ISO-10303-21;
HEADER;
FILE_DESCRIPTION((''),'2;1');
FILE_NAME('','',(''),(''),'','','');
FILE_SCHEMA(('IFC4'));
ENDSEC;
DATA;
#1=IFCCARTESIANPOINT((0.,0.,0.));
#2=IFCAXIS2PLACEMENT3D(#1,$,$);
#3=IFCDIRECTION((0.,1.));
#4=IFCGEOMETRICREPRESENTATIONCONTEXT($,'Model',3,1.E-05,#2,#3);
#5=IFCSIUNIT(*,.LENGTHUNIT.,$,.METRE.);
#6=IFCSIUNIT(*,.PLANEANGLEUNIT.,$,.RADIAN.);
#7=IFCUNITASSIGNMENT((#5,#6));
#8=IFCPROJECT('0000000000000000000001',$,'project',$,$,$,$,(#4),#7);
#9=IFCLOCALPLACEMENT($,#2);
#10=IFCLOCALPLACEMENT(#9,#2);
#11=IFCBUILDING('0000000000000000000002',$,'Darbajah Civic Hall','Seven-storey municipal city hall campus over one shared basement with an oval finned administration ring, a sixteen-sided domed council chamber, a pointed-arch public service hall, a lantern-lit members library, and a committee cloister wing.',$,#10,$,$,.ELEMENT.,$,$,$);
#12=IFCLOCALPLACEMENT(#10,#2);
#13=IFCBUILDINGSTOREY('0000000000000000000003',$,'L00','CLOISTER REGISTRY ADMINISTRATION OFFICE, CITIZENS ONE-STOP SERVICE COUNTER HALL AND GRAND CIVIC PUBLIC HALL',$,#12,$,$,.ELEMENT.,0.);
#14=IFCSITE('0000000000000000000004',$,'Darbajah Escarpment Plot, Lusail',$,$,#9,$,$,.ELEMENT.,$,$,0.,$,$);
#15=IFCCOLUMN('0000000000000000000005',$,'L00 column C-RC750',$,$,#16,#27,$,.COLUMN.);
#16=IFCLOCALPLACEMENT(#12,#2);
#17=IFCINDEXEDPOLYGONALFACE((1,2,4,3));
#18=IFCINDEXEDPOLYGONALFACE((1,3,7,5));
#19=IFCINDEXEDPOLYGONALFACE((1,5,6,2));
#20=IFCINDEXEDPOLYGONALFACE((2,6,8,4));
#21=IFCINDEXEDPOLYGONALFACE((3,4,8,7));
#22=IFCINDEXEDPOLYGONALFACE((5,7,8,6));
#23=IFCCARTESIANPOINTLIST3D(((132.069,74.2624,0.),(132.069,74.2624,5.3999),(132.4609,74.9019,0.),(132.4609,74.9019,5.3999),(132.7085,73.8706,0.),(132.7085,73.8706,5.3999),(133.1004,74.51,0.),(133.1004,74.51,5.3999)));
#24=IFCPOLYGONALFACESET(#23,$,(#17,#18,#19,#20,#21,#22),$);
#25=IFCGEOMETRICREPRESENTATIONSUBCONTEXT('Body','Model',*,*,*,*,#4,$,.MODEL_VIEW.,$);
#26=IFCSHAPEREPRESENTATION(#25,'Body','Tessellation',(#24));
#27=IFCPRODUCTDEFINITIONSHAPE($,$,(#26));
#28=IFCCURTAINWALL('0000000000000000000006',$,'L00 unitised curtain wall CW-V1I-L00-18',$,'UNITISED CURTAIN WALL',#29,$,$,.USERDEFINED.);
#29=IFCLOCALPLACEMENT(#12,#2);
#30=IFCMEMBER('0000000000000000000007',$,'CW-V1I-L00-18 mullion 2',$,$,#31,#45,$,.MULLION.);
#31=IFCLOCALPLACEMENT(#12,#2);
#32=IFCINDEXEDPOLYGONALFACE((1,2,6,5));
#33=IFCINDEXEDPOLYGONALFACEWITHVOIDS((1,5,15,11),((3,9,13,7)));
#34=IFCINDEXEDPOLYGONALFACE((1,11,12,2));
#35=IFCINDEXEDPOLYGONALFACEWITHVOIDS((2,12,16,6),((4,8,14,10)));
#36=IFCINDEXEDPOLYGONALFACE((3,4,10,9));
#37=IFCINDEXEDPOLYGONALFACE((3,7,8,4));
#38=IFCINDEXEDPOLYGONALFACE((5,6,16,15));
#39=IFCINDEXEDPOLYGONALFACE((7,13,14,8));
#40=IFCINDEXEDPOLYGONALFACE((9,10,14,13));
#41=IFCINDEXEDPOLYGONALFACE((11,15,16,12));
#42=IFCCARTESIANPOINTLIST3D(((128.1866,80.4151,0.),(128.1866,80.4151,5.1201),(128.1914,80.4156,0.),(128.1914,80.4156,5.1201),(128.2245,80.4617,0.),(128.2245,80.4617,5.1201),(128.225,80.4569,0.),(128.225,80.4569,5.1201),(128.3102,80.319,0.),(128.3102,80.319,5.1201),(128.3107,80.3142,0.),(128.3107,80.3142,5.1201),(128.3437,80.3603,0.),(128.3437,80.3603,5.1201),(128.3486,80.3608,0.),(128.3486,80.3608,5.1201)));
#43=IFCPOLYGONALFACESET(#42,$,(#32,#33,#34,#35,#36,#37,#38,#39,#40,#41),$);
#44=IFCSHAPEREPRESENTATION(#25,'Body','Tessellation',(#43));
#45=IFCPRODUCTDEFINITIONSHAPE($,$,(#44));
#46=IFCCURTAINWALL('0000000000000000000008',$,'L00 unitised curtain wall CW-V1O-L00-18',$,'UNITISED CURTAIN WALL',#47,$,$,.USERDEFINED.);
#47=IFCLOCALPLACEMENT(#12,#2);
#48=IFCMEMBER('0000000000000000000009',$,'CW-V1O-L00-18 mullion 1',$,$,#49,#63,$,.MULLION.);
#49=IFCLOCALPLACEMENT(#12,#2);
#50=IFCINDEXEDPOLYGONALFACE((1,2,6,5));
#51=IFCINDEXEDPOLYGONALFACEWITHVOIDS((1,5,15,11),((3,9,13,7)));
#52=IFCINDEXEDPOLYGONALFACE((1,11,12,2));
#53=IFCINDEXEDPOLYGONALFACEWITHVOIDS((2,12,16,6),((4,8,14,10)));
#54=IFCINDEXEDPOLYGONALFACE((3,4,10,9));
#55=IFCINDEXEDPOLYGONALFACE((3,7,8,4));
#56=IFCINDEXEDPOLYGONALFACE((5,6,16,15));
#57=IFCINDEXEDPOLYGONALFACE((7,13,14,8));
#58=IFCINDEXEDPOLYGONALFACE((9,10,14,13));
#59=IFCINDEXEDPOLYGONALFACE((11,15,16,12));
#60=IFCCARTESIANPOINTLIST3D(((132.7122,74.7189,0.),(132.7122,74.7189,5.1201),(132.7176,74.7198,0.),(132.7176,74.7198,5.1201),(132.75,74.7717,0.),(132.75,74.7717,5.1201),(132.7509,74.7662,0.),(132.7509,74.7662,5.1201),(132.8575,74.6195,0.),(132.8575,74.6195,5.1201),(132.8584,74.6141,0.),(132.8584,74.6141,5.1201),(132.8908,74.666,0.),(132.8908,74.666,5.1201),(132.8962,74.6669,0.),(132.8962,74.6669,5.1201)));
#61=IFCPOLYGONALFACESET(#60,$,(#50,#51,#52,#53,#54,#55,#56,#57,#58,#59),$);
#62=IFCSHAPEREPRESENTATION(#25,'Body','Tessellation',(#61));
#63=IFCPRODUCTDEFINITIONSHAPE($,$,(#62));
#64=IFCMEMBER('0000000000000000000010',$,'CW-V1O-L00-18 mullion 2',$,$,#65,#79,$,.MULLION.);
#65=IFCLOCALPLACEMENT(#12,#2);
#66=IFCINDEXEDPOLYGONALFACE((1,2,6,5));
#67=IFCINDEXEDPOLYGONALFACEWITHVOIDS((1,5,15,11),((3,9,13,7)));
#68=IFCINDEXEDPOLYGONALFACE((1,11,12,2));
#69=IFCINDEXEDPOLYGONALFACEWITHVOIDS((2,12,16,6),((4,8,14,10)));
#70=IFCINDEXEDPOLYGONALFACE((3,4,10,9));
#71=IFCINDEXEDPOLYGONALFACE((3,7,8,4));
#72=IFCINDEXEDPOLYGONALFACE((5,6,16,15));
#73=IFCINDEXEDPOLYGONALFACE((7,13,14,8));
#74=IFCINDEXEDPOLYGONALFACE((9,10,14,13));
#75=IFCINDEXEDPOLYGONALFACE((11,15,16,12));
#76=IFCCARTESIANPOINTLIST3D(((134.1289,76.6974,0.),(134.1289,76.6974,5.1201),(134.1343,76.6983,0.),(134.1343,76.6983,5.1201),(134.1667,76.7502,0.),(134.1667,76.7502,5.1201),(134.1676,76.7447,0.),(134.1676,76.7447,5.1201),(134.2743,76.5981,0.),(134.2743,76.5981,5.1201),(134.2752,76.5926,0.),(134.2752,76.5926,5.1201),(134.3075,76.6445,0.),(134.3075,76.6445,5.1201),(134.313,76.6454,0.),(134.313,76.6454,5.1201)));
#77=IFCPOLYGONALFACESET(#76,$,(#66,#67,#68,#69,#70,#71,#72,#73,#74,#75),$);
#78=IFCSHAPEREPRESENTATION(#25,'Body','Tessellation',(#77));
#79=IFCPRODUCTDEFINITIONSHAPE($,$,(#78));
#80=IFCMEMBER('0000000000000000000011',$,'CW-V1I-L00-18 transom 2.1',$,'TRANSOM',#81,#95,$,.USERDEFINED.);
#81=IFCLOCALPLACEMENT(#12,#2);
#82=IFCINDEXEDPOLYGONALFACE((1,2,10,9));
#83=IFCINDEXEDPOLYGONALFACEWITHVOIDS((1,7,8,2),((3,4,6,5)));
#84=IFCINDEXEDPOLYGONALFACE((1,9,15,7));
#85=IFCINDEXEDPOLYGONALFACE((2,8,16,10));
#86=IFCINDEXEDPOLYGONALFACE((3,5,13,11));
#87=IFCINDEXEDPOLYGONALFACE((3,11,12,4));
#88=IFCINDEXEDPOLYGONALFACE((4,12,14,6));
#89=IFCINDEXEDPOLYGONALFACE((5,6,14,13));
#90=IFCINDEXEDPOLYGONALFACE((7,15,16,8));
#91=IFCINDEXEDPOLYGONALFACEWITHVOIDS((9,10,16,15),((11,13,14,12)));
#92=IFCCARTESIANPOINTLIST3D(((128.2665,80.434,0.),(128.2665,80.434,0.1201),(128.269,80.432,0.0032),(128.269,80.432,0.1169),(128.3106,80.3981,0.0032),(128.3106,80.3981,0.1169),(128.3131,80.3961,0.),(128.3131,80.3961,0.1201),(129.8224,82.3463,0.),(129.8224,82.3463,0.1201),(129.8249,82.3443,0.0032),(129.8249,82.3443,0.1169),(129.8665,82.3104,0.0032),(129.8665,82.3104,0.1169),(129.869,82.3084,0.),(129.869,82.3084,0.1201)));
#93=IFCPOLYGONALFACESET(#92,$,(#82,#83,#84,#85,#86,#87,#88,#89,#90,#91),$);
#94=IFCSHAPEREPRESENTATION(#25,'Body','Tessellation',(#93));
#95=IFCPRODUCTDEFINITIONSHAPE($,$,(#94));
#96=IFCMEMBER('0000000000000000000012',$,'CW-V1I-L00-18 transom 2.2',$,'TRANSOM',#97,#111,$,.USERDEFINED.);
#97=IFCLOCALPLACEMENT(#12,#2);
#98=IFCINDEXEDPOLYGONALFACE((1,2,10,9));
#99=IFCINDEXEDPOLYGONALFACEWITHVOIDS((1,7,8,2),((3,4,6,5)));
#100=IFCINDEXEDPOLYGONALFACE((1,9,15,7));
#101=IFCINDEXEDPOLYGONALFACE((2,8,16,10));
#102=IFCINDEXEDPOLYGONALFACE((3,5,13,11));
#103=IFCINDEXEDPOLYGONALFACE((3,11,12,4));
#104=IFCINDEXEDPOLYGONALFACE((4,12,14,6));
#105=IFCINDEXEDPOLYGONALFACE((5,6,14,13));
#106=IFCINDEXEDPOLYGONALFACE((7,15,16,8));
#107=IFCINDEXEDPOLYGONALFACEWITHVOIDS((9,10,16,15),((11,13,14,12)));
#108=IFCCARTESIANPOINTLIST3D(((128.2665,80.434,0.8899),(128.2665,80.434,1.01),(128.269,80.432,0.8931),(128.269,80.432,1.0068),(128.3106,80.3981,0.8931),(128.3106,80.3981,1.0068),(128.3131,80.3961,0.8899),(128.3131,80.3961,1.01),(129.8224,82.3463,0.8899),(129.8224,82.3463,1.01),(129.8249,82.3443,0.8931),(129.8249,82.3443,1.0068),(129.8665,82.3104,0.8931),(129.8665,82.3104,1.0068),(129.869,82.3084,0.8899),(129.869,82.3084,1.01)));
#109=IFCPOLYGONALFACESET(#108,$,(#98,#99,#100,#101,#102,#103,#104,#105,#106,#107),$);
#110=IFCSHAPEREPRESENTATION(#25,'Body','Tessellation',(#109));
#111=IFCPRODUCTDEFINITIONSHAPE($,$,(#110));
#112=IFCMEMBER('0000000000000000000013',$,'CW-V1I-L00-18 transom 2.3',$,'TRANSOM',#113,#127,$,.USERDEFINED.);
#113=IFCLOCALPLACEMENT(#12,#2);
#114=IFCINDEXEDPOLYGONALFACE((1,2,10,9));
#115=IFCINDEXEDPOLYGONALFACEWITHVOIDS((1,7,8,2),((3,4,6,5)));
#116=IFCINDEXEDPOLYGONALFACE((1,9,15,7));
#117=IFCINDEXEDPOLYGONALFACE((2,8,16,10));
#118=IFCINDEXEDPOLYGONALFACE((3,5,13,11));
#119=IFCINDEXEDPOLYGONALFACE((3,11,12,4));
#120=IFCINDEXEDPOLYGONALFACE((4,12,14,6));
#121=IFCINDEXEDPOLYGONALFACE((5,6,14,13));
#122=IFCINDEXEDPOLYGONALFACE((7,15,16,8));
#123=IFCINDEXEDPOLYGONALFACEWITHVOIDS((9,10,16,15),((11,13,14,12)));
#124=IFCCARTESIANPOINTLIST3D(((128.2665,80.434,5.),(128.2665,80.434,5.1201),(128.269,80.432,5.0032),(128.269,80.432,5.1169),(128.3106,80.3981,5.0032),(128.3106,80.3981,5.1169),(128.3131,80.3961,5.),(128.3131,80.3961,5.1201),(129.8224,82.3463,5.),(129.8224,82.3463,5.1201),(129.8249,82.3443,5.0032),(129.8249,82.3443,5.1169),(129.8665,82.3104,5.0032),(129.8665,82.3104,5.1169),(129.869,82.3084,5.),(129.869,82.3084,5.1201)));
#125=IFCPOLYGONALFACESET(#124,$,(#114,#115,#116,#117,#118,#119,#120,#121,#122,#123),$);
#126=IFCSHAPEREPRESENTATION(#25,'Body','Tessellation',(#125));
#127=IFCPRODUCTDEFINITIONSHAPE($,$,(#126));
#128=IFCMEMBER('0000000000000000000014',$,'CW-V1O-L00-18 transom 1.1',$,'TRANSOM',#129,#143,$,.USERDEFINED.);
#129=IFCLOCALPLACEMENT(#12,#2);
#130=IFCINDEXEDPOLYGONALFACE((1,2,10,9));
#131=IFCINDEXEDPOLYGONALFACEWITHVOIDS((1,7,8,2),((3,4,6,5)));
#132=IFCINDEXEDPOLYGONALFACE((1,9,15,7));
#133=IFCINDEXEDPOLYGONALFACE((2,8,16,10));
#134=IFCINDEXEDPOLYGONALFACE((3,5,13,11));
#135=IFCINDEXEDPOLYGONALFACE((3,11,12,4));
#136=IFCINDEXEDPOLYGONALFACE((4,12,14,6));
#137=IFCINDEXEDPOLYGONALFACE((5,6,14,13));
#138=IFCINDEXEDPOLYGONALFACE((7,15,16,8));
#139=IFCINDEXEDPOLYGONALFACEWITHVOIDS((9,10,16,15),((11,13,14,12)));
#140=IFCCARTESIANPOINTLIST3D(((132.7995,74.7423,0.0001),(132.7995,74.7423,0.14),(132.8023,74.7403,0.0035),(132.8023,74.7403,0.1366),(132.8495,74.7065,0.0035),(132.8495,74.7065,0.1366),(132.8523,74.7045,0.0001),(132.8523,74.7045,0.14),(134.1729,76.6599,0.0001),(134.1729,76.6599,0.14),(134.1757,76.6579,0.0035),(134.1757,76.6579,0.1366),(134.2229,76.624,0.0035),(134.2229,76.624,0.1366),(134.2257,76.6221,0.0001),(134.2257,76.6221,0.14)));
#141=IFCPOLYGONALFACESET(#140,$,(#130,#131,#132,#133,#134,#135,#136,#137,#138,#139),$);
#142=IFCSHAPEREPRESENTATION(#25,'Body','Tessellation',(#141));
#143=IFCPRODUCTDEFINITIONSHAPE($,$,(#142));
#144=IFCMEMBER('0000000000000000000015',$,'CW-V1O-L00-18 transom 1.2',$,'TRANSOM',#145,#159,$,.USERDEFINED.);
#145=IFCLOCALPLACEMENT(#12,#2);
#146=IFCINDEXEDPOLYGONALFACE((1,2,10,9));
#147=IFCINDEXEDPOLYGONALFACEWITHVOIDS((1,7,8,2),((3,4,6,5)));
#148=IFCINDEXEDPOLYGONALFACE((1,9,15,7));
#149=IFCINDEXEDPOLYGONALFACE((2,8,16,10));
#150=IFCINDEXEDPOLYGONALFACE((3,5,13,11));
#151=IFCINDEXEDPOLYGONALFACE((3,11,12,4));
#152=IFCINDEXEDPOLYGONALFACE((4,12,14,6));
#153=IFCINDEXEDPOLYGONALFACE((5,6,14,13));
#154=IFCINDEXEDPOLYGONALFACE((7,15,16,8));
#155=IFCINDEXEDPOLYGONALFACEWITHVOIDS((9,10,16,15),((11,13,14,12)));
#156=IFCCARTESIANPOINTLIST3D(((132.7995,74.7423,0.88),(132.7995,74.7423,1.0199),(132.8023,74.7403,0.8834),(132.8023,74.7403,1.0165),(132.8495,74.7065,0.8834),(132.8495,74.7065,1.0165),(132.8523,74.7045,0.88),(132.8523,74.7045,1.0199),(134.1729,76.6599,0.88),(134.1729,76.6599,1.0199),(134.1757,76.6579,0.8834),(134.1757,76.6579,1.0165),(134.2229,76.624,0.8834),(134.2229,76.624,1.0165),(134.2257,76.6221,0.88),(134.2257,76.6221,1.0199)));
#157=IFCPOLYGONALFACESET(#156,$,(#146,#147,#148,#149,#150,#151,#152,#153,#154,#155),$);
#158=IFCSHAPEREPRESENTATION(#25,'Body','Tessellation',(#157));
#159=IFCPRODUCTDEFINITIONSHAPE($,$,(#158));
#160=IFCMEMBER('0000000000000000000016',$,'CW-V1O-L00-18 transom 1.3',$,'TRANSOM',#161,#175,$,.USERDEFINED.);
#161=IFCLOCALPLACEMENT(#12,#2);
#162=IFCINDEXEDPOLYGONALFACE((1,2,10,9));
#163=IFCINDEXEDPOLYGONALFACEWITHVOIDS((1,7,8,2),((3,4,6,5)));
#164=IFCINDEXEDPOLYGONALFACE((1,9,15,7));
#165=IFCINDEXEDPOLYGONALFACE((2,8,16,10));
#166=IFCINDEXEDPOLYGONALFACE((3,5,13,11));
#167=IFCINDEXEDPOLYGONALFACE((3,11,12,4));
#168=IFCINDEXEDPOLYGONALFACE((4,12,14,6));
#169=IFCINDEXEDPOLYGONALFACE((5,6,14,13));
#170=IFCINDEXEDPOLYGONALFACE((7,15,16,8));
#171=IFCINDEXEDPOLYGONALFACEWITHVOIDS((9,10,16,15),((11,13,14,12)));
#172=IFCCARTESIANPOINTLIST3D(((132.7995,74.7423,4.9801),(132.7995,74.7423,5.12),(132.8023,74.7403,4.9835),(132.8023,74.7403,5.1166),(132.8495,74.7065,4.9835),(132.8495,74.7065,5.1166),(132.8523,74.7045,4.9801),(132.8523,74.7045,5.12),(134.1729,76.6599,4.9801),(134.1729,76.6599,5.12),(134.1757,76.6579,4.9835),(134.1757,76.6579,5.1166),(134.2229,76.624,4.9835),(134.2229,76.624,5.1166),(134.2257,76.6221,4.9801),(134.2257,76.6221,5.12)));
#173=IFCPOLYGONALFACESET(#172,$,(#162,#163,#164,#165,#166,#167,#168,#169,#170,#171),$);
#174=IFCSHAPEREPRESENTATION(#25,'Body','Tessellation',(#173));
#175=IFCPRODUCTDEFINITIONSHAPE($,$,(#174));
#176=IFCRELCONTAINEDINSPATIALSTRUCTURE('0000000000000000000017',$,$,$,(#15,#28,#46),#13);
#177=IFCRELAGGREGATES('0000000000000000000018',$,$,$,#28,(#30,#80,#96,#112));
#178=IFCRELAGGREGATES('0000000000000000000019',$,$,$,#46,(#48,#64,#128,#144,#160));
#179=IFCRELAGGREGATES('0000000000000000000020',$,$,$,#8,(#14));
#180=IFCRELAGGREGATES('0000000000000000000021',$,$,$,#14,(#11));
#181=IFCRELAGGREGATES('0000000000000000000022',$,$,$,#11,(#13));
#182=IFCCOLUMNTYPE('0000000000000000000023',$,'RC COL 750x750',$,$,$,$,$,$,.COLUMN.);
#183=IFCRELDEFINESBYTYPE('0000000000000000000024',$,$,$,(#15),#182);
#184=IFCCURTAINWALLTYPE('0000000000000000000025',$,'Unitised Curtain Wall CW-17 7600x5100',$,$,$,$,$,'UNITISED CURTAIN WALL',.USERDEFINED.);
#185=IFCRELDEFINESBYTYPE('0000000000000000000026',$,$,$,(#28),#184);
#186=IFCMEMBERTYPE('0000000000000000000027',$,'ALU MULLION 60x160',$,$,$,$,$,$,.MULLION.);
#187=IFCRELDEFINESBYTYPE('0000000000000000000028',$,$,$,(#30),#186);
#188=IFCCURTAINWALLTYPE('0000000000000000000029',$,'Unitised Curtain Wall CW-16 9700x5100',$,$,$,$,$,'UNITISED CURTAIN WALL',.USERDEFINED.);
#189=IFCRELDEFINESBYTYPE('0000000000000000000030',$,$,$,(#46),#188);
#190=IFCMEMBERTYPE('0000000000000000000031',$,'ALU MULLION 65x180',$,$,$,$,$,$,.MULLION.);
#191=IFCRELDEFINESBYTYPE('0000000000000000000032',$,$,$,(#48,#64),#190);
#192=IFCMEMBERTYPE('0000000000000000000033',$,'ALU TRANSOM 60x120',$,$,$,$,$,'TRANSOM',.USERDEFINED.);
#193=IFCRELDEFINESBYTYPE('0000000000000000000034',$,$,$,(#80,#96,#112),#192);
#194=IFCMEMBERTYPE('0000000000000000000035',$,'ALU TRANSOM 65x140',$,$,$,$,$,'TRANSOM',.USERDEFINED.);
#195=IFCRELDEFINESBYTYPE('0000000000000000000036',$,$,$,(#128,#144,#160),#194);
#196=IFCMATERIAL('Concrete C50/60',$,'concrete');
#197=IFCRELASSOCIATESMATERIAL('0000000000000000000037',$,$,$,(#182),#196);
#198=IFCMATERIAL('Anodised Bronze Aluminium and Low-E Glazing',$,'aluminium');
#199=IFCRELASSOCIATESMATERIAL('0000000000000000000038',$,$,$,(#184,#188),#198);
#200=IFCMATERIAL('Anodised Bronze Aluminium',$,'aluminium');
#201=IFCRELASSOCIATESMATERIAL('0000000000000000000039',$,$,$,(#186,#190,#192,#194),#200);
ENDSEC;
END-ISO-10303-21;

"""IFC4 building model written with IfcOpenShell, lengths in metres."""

from ifc_helpers import new_model, si_unit, direction, frame, origin, origin_2d, place, context, subcontext, project, spatial, rectangle, hollow_rectangle, extrude, material, material_profile, profile_set, type_object, element, aggregate, save


model = new_model("IFC4")

# Units and contexts
model_context = context("Model", 3, precision=1e-05, world=origin(), true_north=direction((0.0, 1.0)))
body_context = subcontext(model_context, "Body", "Model", "MODEL_VIEW")
ifc_project = project(units=[si_unit("LENGTHUNIT", "METRE"), si_unit("PLANEANGLEUNIT", "RADIAN")], contexts=[model_context])

# Site, building, storey
site_placement = place(None, origin())
site = spatial("IfcSite", under=ifc_project, at=site_placement, Name="Darbajah Escarpment Plot, Lusail", CompositionType="ELEMENT", RefElevation=0.0)
building_placement = place(site_placement, origin())
building = spatial("IfcBuilding", under=site, at=building_placement, Name="Darbajah Civic Hall", Description="Seven-storey municipal city hall campus over one shared basement with an oval finned administration ring, a sixteen-sided domed council chamber, a pointed-arch public service hall, a lantern-lit members library, and a committee cloister wing.", CompositionType="ELEMENT")
storey_placement = place(building_placement, origin())
storey = spatial("IfcBuildingStorey", under=building, at=storey_placement, Name="L00", Description="CLOISTER REGISTRY ADMINISTRATION OFFICE, CITIZENS ONE-STOP SERVICE COUNTER HALL AND GRAND CIVIC PUBLIC HALL", CompositionType="ELEMENT", Elevation=0.0)

# Column
ifc_material_1 = material(Name="Concrete C50/60", Category="concrete")
ifc_material_profile_1 = material_profile(ifc_material_1, rectangle(XDim=0.75, YDim=0.75, at=origin_2d()), Name="RC COL 750x750")
ifc_profile_set_1 = profile_set([ifc_material_profile_1], Name="Concrete C50/60")
column_type = type_object("IfcColumnType", Name="RC COL 750x750", PredefinedType="COLUMN", material=ifc_profile_set_1)
column_placement = place(storey_placement, frame((132.5847, 74.3862, 0.0), z_axis=(0.0, 0.0, 1.0), x_axis=(0.85264, -0.522499, 0.0)))
element("IfcColumn", 1, at=column_placement, inside=storey, type_object=column_type, Name="L00 column C-RC750", PredefinedType="COLUMN", context=body_context, shape_type="SweptSolid", body=[
    extrude(rectangle(XDim=0.75, YDim=0.75, at=origin_2d()), origin(), (0.0, 0.0, 1.0), 5.3999),
])

# Curtain wall, member
ifc_material_2 = material(Name="Anodised Bronze Aluminium and Low-E Glazing", Category="aluminium")
curtain_wall_type_1 = type_object("IfcCurtainWallType", Name="Unitised Curtain Wall CW-17 7600x5100", ElementType="UNITISED CURTAIN WALL", PredefinedType="USERDEFINED", material=ifc_material_2)
curtain_wall_1_placement = place(storey_placement, origin())
curtain_wall_1 = element("IfcCurtainWall", 2, at=curtain_wall_1_placement, inside=storey, type_object=curtain_wall_type_1, Name="L00 unitised curtain wall CW-V1I-L00-18", ObjectType="UNITISED CURTAIN WALL", PredefinedType="USERDEFINED")
ifc_material_3 = material(Name="Anodised Bronze Aluminium", Category="aluminium")
ifc_material_profile_2 = material_profile(ifc_material_3, hollow_rectangle(XDim=0.0601, YDim=0.1599, WallThickness=0.0034, at=origin_2d()), Name="ALU MULLION 60x160")
ifc_profile_set_2 = profile_set([ifc_material_profile_2], Name="Anodised Bronze Aluminium")
member_type_1 = type_object("IfcMemberType", Name="ALU MULLION 60x160", PredefinedType="MULLION", material=ifc_profile_set_2)
member_1_placement = place(storey_placement, frame((128.2676, 80.3879, 0.0), z_axis=(0.0, 0.0, 1.0), x_axis=(0.631082, 0.775716, 0.0)))
member_1 = element("IfcMember", 3, at=member_1_placement, type_object=member_type_1, Name="CW-V1I-L00-18 mullion 2", PredefinedType="MULLION", context=body_context, shape_type="SweptSolid", body=[
    extrude(hollow_rectangle(XDim=0.0601, YDim=0.1599, WallThickness=0.0034, at=origin_2d()), origin(), (0.0, 0.0, 1.0), 5.1201),
])

# Curtain wall, members
curtain_wall_type_2 = type_object("IfcCurtainWallType", Name="Unitised Curtain Wall CW-16 9700x5100", ElementType="UNITISED CURTAIN WALL", PredefinedType="USERDEFINED", material=ifc_material_2)
curtain_wall_2_placement = place(storey_placement, origin())
curtain_wall_2 = element("IfcCurtainWall", 4, at=curtain_wall_2_placement, inside=storey, type_object=curtain_wall_type_2, Name="L00 unitised curtain wall CW-V1O-L00-18", ObjectType="UNITISED CURTAIN WALL", PredefinedType="USERDEFINED")
ifc_material_profile_3 = material_profile(ifc_material_3, hollow_rectangle(XDim=0.0649, YDim=0.1799, WallThickness=0.0039, at=origin_2d()), Name="ALU MULLION 65x180")
ifc_profile_set_3 = profile_set([ifc_material_profile_3], Name="Anodised Bronze Aluminium")
member_type_2 = type_object("IfcMemberType", Name="ALU MULLION 65x180", PredefinedType="MULLION", material=ifc_profile_set_3)
member_2_placement = place(storey_placement, frame((132.8042, 74.6929, 0.0), z_axis=(0.0, 0.0, 1.0), x_axis=(0.582265, 0.812999, 0.0)))
member_2 = element("IfcMember", 5, at=member_2_placement, type_object=member_type_2, Name="CW-V1O-L00-18 mullion 1", PredefinedType="MULLION", context=body_context, shape_type="SweptSolid", body=[
    extrude(hollow_rectangle(XDim=0.0649, YDim=0.1799, WallThickness=0.0039, at=origin_2d()), origin(), (0.0, 0.0, 1.0), 5.1201),
])
member_3_placement = place(storey_placement, frame((134.2209, 76.6714, 0.0), z_axis=(0.0, 0.0, 1.0), x_axis=(0.582265, 0.812999, 0.0)))
member_3 = element("IfcMember", 6, at=member_3_placement, type_object=member_type_2, Name="CW-V1O-L00-18 mullion 2", PredefinedType="MULLION", context=body_context, shape_type="SweptSolid", body=[
    extrude(hollow_rectangle(XDim=0.0649, YDim=0.1799, WallThickness=0.0039, at=origin_2d()), origin(), (0.0, 0.0, 1.0), 5.1201),
])

# Members
ifc_material_profile_4 = material_profile(ifc_material_3, hollow_rectangle(XDim=0.0601, YDim=0.1201, WallThickness=0.0032, at=origin_2d()), Name="ALU TRANSOM 60x120")
ifc_profile_set_4 = profile_set([ifc_material_profile_4], Name="Anodised Bronze Aluminium")
member_type_3 = type_object("IfcMemberType", Name="ALU TRANSOM 60x120", ElementType="TRANSOM", PredefinedType="USERDEFINED", material=ifc_profile_set_4)
member_4_placement = place(storey_placement, frame((128.2898, 80.415, 0.0601), z_axis=(0.631111, 0.775693, 0.0), x_axis=(-0.775693, 0.631111, 0.0)))
member_4 = element("IfcMember", 7, at=member_4_placement, type_object=member_type_3, Name="CW-V1I-L00-18 transom 2.1", ObjectType="TRANSOM", PredefinedType="USERDEFINED", context=body_context, shape_type="SweptSolid", body=[
    extrude(hollow_rectangle(XDim=0.0601, YDim=0.1201, WallThickness=0.0032, at=origin_2d()), origin(), (0.0, 0.0, 1.0), 2.4653),
])
member_5_placement = place(storey_placement, frame((128.2898, 80.415, 0.95), z_axis=(0.631111, 0.775693, 0.0), x_axis=(-0.775693, 0.631111, 0.0)))
member_5 = element("IfcMember", 8, at=member_5_placement, type_object=member_type_3, Name="CW-V1I-L00-18 transom 2.2", ObjectType="TRANSOM", PredefinedType="USERDEFINED", context=body_context, shape_type="SweptSolid", body=[
    extrude(hollow_rectangle(XDim=0.0601, YDim=0.1201, WallThickness=0.0032, at=origin_2d()), origin(), (0.0, 0.0, 1.0), 2.4653),
])
member_6_placement = place(storey_placement, frame((128.2898, 80.415, 5.0601), z_axis=(0.631111, 0.775693, 0.0), x_axis=(-0.775693, 0.631111, 0.0)))
member_6 = element("IfcMember", 9, at=member_6_placement, type_object=member_type_3, Name="CW-V1I-L00-18 transom 2.3", ObjectType="TRANSOM", PredefinedType="USERDEFINED", context=body_context, shape_type="SweptSolid", body=[
    extrude(hollow_rectangle(XDim=0.0601, YDim=0.1201, WallThickness=0.0032, at=origin_2d()), origin(), (0.0, 0.0, 1.0), 2.4653),
])
aggregate(curtain_wall_1, [member_1, member_4, member_5, member_6])
ifc_material_profile_5 = material_profile(ifc_material_3, hollow_rectangle(XDim=0.0649, YDim=0.1399, WallThickness=0.0034, at=origin_2d()), Name="ALU TRANSOM 65x140")
ifc_profile_set_5 = profile_set([ifc_material_profile_5], Name="Anodised Bronze Aluminium")
member_type_4 = type_object("IfcMemberType", Name="ALU TRANSOM 65x140", ElementType="TRANSOM", PredefinedType="USERDEFINED", material=ifc_profile_set_5)
member_7_placement = place(storey_placement, frame((132.8259, 74.7234, 0.0701), z_axis=(0.582266, 0.812998, 0.0), x_axis=(-0.812998, 0.582266, 0.0)))
member_7 = element("IfcMember", 10, at=member_7_placement, type_object=member_type_4, Name="CW-V1O-L00-18 transom 1.1", ObjectType="TRANSOM", PredefinedType="USERDEFINED", context=body_context, shape_type="SweptSolid", body=[
    extrude(hollow_rectangle(XDim=0.0649, YDim=0.1399, WallThickness=0.0034, at=origin_2d()), origin(), (0.0, 0.0, 1.0), 2.3586),
])
member_8_placement = place(storey_placement, frame((132.8259, 74.7234, 0.95), z_axis=(0.582266, 0.812998, 0.0), x_axis=(-0.812998, 0.582266, 0.0)))
member_8 = element("IfcMember", 11, at=member_8_placement, type_object=member_type_4, Name="CW-V1O-L00-18 transom 1.2", ObjectType="TRANSOM", PredefinedType="USERDEFINED", context=body_context, shape_type="SweptSolid", body=[
    extrude(hollow_rectangle(XDim=0.0649, YDim=0.1399, WallThickness=0.0034, at=origin_2d()), origin(), (0.0, 0.0, 1.0), 2.3586),
])
member_9_placement = place(storey_placement, frame((132.8259, 74.7234, 5.05), z_axis=(0.582266, 0.812998, 0.0), x_axis=(-0.812998, 0.582266, 0.0)))
member_9 = element("IfcMember", 12, at=member_9_placement, type_object=member_type_4, Name="CW-V1O-L00-18 transom 1.3", ObjectType="TRANSOM", PredefinedType="USERDEFINED", context=body_context, shape_type="SweptSolid", body=[
    extrude(hollow_rectangle(XDim=0.0649, YDim=0.1399, WallThickness=0.0034, at=origin_2d()), origin(), (0.0, 0.0, 1.0), 2.3586),
])

aggregate(curtain_wall_2, [member_2, member_3, member_7, member_8, member_9])

save(model, "model.ifc")
